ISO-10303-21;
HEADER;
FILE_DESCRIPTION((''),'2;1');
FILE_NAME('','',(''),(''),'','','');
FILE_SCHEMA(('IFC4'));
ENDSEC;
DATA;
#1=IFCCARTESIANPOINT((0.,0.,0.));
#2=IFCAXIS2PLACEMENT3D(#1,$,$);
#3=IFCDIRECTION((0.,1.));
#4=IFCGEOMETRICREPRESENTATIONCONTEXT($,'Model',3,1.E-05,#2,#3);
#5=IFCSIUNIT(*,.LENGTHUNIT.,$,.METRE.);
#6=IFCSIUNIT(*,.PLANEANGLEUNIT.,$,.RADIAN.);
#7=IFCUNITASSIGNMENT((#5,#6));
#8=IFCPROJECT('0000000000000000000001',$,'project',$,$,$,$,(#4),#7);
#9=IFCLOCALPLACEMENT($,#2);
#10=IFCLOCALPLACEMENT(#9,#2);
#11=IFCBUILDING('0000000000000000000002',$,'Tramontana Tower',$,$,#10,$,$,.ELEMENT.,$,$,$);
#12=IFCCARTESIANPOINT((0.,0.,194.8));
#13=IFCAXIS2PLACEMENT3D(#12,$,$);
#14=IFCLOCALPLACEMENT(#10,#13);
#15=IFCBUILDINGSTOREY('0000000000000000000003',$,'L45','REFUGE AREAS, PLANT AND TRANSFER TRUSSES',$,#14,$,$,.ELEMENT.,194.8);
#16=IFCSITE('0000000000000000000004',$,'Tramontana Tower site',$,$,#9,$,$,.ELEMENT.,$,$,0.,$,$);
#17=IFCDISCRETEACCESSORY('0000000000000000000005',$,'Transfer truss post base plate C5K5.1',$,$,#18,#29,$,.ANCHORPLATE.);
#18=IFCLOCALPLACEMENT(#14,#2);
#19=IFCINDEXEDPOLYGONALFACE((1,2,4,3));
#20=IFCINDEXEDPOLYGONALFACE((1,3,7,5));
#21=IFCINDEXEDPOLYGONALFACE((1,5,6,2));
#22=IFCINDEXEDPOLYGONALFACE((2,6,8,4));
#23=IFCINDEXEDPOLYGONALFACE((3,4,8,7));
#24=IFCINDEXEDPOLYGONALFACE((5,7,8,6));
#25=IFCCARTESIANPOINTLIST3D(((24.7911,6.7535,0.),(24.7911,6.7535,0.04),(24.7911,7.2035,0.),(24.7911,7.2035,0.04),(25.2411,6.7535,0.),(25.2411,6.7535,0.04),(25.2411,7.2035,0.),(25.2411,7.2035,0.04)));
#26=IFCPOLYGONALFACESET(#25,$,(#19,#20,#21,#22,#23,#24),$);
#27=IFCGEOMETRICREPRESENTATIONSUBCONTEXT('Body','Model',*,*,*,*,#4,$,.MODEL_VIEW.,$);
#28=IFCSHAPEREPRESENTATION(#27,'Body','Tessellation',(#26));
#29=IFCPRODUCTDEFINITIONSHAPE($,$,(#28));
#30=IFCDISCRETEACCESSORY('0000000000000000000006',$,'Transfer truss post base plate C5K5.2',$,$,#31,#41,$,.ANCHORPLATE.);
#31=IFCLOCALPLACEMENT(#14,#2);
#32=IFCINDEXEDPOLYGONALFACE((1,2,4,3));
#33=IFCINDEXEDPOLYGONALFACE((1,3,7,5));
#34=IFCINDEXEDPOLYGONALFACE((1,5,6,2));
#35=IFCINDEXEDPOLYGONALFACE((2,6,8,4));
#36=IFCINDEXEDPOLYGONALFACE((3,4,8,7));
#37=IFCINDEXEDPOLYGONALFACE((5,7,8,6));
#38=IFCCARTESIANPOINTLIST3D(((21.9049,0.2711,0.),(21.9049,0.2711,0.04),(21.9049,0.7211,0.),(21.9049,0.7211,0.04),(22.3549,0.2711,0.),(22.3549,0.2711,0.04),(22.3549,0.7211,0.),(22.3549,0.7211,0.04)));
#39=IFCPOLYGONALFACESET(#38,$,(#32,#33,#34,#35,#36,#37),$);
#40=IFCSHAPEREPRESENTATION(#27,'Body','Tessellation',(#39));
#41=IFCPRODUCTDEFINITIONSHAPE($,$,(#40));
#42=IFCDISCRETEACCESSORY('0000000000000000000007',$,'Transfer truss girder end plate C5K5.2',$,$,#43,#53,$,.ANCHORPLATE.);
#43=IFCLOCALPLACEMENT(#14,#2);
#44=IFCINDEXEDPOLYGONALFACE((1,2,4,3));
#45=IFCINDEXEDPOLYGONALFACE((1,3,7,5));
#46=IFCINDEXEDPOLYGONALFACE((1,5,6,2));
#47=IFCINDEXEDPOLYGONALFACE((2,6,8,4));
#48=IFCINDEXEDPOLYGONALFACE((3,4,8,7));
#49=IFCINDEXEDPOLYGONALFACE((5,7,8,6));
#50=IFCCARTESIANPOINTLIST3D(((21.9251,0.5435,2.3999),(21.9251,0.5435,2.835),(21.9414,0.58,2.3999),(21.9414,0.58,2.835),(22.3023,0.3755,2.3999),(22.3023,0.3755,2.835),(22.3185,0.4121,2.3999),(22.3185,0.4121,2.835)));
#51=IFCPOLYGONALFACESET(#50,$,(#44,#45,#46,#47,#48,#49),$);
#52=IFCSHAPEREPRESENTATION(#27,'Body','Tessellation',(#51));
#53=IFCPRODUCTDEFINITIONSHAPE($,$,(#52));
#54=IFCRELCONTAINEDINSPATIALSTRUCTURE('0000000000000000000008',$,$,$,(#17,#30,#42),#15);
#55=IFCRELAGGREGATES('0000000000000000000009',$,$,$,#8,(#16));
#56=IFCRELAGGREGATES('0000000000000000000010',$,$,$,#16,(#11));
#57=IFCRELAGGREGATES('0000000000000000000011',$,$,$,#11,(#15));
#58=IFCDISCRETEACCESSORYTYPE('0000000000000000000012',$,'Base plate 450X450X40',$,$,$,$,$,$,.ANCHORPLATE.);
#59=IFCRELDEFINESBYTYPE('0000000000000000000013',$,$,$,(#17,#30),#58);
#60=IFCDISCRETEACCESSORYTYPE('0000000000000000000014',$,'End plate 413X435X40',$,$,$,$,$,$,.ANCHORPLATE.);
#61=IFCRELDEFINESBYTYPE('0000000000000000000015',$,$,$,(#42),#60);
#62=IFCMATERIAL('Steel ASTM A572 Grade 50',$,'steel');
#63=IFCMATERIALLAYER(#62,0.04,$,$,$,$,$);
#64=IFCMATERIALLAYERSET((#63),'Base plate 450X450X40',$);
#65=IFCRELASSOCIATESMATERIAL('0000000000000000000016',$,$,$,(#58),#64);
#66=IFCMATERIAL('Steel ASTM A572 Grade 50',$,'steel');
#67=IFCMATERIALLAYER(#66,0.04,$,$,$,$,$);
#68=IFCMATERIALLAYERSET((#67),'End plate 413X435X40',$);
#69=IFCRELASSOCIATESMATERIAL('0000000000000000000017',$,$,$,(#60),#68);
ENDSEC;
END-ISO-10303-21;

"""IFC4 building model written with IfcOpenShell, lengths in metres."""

from ifc_helpers import new_model, si_unit, direction, frame, origin, origin_2d, place, context, subcontext, project, spatial, rectangle, extrude, material, layer, layer_set, type_object, element, save


model = new_model("IFC4")

# Units and contexts
model_context = context("Model", 3, precision=1e-05, world=origin(), true_north=direction((0.0, 1.0)))
body_context = subcontext(model_context, "Body", "Model", "MODEL_VIEW")
ifc_project = project(units=[si_unit("LENGTHUNIT", "METRE"), si_unit("PLANEANGLEUNIT", "RADIAN")], contexts=[model_context])

# Site, building, storey
site_placement = place(None, origin())
site = spatial("IfcSite", under=ifc_project, at=site_placement, Name="Tramontana Tower site", CompositionType="ELEMENT", RefElevation=0.0)
building_placement = place(site_placement, origin())
building = spatial("IfcBuilding", under=site, at=building_placement, Name="Tramontana Tower", CompositionType="ELEMENT")
storey_placement = place(building_placement, frame((0.0, 0.0, 194.8)))
storey = spatial("IfcBuildingStorey", under=building, at=storey_placement, Name="L45", Description="REFUGE AREAS, PLANT AND TRANSFER TRUSSES", CompositionType="ELEMENT", Elevation=194.8)

# Discrete accessories
ifc_material_1 = material(Name="Steel ASTM A572 Grade 50", Category="steel")
ifc_layer_1 = layer(ifc_material_1, 0.04)
ifc_layer_set_1 = layer_set([ifc_layer_1], Name="Base plate 450X450X40")
discrete_accessory_type_1 = type_object("IfcDiscreteAccessoryType", Name="Base plate 450X450X40", PredefinedType="ANCHORPLATE", material=ifc_layer_set_1)
for number, where, z_axis, x_axis, name in (
    (1, (25.0161, 6.9785, 0.0), (0.0, 0.0, 1.0), (1.0, 0.0, 0.0), "Transfer truss post base plate C5K5.1"),
    (2, (22.1299, 0.4961, 0.0), (0.0, 0.0, 1.0), (1.0, 0.0, 0.0), "Transfer truss post base plate C5K5.2"),
):
    element("IfcDiscreteAccessory", number, at=place(storey_placement, frame(where, z_axis=z_axis, x_axis=x_axis)), inside=storey, type_object=discrete_accessory_type_1, Name=name, PredefinedType="ANCHORPLATE", context=body_context, shape_type="SweptSolid", body=[
        extrude(rectangle(XDim=0.45, YDim=0.45, at=origin_2d()), origin(), (0.0, 0.0, 1.0), 0.04),
    ])
ifc_material_2 = material(Name="Steel ASTM A572 Grade 50", Category="steel")
ifc_layer_2 = layer(ifc_material_2, 0.04)
ifc_layer_set_2 = layer_set([ifc_layer_2], Name="End plate 413X435X40")
discrete_accessory_type_2 = type_object("IfcDiscreteAccessoryType", Name="End plate 413X435X40", PredefinedType="ANCHORPLATE", material=ifc_layer_set_2)
discrete_accessory_placement = place(storey_placement, frame((22.1218, 0.4778, 2.3999), z_axis=(0.0, 0.0, 1.0), x_axis=(-0.913545, 0.406737, 0.0)))
element("IfcDiscreteAccessory", 3, at=discrete_accessory_placement, inside=storey, type_object=discrete_accessory_type_2, Name="Transfer truss girder end plate C5K5.2", PredefinedType="ANCHORPLATE", context=body_context, shape_type="SweptSolid", body=[
    extrude(rectangle(XDim=0.4128, YDim=0.04, at=origin_2d()), origin(), (0.0, 0.0, 1.0), 0.4351),
])

save(model, "model.ifc")
